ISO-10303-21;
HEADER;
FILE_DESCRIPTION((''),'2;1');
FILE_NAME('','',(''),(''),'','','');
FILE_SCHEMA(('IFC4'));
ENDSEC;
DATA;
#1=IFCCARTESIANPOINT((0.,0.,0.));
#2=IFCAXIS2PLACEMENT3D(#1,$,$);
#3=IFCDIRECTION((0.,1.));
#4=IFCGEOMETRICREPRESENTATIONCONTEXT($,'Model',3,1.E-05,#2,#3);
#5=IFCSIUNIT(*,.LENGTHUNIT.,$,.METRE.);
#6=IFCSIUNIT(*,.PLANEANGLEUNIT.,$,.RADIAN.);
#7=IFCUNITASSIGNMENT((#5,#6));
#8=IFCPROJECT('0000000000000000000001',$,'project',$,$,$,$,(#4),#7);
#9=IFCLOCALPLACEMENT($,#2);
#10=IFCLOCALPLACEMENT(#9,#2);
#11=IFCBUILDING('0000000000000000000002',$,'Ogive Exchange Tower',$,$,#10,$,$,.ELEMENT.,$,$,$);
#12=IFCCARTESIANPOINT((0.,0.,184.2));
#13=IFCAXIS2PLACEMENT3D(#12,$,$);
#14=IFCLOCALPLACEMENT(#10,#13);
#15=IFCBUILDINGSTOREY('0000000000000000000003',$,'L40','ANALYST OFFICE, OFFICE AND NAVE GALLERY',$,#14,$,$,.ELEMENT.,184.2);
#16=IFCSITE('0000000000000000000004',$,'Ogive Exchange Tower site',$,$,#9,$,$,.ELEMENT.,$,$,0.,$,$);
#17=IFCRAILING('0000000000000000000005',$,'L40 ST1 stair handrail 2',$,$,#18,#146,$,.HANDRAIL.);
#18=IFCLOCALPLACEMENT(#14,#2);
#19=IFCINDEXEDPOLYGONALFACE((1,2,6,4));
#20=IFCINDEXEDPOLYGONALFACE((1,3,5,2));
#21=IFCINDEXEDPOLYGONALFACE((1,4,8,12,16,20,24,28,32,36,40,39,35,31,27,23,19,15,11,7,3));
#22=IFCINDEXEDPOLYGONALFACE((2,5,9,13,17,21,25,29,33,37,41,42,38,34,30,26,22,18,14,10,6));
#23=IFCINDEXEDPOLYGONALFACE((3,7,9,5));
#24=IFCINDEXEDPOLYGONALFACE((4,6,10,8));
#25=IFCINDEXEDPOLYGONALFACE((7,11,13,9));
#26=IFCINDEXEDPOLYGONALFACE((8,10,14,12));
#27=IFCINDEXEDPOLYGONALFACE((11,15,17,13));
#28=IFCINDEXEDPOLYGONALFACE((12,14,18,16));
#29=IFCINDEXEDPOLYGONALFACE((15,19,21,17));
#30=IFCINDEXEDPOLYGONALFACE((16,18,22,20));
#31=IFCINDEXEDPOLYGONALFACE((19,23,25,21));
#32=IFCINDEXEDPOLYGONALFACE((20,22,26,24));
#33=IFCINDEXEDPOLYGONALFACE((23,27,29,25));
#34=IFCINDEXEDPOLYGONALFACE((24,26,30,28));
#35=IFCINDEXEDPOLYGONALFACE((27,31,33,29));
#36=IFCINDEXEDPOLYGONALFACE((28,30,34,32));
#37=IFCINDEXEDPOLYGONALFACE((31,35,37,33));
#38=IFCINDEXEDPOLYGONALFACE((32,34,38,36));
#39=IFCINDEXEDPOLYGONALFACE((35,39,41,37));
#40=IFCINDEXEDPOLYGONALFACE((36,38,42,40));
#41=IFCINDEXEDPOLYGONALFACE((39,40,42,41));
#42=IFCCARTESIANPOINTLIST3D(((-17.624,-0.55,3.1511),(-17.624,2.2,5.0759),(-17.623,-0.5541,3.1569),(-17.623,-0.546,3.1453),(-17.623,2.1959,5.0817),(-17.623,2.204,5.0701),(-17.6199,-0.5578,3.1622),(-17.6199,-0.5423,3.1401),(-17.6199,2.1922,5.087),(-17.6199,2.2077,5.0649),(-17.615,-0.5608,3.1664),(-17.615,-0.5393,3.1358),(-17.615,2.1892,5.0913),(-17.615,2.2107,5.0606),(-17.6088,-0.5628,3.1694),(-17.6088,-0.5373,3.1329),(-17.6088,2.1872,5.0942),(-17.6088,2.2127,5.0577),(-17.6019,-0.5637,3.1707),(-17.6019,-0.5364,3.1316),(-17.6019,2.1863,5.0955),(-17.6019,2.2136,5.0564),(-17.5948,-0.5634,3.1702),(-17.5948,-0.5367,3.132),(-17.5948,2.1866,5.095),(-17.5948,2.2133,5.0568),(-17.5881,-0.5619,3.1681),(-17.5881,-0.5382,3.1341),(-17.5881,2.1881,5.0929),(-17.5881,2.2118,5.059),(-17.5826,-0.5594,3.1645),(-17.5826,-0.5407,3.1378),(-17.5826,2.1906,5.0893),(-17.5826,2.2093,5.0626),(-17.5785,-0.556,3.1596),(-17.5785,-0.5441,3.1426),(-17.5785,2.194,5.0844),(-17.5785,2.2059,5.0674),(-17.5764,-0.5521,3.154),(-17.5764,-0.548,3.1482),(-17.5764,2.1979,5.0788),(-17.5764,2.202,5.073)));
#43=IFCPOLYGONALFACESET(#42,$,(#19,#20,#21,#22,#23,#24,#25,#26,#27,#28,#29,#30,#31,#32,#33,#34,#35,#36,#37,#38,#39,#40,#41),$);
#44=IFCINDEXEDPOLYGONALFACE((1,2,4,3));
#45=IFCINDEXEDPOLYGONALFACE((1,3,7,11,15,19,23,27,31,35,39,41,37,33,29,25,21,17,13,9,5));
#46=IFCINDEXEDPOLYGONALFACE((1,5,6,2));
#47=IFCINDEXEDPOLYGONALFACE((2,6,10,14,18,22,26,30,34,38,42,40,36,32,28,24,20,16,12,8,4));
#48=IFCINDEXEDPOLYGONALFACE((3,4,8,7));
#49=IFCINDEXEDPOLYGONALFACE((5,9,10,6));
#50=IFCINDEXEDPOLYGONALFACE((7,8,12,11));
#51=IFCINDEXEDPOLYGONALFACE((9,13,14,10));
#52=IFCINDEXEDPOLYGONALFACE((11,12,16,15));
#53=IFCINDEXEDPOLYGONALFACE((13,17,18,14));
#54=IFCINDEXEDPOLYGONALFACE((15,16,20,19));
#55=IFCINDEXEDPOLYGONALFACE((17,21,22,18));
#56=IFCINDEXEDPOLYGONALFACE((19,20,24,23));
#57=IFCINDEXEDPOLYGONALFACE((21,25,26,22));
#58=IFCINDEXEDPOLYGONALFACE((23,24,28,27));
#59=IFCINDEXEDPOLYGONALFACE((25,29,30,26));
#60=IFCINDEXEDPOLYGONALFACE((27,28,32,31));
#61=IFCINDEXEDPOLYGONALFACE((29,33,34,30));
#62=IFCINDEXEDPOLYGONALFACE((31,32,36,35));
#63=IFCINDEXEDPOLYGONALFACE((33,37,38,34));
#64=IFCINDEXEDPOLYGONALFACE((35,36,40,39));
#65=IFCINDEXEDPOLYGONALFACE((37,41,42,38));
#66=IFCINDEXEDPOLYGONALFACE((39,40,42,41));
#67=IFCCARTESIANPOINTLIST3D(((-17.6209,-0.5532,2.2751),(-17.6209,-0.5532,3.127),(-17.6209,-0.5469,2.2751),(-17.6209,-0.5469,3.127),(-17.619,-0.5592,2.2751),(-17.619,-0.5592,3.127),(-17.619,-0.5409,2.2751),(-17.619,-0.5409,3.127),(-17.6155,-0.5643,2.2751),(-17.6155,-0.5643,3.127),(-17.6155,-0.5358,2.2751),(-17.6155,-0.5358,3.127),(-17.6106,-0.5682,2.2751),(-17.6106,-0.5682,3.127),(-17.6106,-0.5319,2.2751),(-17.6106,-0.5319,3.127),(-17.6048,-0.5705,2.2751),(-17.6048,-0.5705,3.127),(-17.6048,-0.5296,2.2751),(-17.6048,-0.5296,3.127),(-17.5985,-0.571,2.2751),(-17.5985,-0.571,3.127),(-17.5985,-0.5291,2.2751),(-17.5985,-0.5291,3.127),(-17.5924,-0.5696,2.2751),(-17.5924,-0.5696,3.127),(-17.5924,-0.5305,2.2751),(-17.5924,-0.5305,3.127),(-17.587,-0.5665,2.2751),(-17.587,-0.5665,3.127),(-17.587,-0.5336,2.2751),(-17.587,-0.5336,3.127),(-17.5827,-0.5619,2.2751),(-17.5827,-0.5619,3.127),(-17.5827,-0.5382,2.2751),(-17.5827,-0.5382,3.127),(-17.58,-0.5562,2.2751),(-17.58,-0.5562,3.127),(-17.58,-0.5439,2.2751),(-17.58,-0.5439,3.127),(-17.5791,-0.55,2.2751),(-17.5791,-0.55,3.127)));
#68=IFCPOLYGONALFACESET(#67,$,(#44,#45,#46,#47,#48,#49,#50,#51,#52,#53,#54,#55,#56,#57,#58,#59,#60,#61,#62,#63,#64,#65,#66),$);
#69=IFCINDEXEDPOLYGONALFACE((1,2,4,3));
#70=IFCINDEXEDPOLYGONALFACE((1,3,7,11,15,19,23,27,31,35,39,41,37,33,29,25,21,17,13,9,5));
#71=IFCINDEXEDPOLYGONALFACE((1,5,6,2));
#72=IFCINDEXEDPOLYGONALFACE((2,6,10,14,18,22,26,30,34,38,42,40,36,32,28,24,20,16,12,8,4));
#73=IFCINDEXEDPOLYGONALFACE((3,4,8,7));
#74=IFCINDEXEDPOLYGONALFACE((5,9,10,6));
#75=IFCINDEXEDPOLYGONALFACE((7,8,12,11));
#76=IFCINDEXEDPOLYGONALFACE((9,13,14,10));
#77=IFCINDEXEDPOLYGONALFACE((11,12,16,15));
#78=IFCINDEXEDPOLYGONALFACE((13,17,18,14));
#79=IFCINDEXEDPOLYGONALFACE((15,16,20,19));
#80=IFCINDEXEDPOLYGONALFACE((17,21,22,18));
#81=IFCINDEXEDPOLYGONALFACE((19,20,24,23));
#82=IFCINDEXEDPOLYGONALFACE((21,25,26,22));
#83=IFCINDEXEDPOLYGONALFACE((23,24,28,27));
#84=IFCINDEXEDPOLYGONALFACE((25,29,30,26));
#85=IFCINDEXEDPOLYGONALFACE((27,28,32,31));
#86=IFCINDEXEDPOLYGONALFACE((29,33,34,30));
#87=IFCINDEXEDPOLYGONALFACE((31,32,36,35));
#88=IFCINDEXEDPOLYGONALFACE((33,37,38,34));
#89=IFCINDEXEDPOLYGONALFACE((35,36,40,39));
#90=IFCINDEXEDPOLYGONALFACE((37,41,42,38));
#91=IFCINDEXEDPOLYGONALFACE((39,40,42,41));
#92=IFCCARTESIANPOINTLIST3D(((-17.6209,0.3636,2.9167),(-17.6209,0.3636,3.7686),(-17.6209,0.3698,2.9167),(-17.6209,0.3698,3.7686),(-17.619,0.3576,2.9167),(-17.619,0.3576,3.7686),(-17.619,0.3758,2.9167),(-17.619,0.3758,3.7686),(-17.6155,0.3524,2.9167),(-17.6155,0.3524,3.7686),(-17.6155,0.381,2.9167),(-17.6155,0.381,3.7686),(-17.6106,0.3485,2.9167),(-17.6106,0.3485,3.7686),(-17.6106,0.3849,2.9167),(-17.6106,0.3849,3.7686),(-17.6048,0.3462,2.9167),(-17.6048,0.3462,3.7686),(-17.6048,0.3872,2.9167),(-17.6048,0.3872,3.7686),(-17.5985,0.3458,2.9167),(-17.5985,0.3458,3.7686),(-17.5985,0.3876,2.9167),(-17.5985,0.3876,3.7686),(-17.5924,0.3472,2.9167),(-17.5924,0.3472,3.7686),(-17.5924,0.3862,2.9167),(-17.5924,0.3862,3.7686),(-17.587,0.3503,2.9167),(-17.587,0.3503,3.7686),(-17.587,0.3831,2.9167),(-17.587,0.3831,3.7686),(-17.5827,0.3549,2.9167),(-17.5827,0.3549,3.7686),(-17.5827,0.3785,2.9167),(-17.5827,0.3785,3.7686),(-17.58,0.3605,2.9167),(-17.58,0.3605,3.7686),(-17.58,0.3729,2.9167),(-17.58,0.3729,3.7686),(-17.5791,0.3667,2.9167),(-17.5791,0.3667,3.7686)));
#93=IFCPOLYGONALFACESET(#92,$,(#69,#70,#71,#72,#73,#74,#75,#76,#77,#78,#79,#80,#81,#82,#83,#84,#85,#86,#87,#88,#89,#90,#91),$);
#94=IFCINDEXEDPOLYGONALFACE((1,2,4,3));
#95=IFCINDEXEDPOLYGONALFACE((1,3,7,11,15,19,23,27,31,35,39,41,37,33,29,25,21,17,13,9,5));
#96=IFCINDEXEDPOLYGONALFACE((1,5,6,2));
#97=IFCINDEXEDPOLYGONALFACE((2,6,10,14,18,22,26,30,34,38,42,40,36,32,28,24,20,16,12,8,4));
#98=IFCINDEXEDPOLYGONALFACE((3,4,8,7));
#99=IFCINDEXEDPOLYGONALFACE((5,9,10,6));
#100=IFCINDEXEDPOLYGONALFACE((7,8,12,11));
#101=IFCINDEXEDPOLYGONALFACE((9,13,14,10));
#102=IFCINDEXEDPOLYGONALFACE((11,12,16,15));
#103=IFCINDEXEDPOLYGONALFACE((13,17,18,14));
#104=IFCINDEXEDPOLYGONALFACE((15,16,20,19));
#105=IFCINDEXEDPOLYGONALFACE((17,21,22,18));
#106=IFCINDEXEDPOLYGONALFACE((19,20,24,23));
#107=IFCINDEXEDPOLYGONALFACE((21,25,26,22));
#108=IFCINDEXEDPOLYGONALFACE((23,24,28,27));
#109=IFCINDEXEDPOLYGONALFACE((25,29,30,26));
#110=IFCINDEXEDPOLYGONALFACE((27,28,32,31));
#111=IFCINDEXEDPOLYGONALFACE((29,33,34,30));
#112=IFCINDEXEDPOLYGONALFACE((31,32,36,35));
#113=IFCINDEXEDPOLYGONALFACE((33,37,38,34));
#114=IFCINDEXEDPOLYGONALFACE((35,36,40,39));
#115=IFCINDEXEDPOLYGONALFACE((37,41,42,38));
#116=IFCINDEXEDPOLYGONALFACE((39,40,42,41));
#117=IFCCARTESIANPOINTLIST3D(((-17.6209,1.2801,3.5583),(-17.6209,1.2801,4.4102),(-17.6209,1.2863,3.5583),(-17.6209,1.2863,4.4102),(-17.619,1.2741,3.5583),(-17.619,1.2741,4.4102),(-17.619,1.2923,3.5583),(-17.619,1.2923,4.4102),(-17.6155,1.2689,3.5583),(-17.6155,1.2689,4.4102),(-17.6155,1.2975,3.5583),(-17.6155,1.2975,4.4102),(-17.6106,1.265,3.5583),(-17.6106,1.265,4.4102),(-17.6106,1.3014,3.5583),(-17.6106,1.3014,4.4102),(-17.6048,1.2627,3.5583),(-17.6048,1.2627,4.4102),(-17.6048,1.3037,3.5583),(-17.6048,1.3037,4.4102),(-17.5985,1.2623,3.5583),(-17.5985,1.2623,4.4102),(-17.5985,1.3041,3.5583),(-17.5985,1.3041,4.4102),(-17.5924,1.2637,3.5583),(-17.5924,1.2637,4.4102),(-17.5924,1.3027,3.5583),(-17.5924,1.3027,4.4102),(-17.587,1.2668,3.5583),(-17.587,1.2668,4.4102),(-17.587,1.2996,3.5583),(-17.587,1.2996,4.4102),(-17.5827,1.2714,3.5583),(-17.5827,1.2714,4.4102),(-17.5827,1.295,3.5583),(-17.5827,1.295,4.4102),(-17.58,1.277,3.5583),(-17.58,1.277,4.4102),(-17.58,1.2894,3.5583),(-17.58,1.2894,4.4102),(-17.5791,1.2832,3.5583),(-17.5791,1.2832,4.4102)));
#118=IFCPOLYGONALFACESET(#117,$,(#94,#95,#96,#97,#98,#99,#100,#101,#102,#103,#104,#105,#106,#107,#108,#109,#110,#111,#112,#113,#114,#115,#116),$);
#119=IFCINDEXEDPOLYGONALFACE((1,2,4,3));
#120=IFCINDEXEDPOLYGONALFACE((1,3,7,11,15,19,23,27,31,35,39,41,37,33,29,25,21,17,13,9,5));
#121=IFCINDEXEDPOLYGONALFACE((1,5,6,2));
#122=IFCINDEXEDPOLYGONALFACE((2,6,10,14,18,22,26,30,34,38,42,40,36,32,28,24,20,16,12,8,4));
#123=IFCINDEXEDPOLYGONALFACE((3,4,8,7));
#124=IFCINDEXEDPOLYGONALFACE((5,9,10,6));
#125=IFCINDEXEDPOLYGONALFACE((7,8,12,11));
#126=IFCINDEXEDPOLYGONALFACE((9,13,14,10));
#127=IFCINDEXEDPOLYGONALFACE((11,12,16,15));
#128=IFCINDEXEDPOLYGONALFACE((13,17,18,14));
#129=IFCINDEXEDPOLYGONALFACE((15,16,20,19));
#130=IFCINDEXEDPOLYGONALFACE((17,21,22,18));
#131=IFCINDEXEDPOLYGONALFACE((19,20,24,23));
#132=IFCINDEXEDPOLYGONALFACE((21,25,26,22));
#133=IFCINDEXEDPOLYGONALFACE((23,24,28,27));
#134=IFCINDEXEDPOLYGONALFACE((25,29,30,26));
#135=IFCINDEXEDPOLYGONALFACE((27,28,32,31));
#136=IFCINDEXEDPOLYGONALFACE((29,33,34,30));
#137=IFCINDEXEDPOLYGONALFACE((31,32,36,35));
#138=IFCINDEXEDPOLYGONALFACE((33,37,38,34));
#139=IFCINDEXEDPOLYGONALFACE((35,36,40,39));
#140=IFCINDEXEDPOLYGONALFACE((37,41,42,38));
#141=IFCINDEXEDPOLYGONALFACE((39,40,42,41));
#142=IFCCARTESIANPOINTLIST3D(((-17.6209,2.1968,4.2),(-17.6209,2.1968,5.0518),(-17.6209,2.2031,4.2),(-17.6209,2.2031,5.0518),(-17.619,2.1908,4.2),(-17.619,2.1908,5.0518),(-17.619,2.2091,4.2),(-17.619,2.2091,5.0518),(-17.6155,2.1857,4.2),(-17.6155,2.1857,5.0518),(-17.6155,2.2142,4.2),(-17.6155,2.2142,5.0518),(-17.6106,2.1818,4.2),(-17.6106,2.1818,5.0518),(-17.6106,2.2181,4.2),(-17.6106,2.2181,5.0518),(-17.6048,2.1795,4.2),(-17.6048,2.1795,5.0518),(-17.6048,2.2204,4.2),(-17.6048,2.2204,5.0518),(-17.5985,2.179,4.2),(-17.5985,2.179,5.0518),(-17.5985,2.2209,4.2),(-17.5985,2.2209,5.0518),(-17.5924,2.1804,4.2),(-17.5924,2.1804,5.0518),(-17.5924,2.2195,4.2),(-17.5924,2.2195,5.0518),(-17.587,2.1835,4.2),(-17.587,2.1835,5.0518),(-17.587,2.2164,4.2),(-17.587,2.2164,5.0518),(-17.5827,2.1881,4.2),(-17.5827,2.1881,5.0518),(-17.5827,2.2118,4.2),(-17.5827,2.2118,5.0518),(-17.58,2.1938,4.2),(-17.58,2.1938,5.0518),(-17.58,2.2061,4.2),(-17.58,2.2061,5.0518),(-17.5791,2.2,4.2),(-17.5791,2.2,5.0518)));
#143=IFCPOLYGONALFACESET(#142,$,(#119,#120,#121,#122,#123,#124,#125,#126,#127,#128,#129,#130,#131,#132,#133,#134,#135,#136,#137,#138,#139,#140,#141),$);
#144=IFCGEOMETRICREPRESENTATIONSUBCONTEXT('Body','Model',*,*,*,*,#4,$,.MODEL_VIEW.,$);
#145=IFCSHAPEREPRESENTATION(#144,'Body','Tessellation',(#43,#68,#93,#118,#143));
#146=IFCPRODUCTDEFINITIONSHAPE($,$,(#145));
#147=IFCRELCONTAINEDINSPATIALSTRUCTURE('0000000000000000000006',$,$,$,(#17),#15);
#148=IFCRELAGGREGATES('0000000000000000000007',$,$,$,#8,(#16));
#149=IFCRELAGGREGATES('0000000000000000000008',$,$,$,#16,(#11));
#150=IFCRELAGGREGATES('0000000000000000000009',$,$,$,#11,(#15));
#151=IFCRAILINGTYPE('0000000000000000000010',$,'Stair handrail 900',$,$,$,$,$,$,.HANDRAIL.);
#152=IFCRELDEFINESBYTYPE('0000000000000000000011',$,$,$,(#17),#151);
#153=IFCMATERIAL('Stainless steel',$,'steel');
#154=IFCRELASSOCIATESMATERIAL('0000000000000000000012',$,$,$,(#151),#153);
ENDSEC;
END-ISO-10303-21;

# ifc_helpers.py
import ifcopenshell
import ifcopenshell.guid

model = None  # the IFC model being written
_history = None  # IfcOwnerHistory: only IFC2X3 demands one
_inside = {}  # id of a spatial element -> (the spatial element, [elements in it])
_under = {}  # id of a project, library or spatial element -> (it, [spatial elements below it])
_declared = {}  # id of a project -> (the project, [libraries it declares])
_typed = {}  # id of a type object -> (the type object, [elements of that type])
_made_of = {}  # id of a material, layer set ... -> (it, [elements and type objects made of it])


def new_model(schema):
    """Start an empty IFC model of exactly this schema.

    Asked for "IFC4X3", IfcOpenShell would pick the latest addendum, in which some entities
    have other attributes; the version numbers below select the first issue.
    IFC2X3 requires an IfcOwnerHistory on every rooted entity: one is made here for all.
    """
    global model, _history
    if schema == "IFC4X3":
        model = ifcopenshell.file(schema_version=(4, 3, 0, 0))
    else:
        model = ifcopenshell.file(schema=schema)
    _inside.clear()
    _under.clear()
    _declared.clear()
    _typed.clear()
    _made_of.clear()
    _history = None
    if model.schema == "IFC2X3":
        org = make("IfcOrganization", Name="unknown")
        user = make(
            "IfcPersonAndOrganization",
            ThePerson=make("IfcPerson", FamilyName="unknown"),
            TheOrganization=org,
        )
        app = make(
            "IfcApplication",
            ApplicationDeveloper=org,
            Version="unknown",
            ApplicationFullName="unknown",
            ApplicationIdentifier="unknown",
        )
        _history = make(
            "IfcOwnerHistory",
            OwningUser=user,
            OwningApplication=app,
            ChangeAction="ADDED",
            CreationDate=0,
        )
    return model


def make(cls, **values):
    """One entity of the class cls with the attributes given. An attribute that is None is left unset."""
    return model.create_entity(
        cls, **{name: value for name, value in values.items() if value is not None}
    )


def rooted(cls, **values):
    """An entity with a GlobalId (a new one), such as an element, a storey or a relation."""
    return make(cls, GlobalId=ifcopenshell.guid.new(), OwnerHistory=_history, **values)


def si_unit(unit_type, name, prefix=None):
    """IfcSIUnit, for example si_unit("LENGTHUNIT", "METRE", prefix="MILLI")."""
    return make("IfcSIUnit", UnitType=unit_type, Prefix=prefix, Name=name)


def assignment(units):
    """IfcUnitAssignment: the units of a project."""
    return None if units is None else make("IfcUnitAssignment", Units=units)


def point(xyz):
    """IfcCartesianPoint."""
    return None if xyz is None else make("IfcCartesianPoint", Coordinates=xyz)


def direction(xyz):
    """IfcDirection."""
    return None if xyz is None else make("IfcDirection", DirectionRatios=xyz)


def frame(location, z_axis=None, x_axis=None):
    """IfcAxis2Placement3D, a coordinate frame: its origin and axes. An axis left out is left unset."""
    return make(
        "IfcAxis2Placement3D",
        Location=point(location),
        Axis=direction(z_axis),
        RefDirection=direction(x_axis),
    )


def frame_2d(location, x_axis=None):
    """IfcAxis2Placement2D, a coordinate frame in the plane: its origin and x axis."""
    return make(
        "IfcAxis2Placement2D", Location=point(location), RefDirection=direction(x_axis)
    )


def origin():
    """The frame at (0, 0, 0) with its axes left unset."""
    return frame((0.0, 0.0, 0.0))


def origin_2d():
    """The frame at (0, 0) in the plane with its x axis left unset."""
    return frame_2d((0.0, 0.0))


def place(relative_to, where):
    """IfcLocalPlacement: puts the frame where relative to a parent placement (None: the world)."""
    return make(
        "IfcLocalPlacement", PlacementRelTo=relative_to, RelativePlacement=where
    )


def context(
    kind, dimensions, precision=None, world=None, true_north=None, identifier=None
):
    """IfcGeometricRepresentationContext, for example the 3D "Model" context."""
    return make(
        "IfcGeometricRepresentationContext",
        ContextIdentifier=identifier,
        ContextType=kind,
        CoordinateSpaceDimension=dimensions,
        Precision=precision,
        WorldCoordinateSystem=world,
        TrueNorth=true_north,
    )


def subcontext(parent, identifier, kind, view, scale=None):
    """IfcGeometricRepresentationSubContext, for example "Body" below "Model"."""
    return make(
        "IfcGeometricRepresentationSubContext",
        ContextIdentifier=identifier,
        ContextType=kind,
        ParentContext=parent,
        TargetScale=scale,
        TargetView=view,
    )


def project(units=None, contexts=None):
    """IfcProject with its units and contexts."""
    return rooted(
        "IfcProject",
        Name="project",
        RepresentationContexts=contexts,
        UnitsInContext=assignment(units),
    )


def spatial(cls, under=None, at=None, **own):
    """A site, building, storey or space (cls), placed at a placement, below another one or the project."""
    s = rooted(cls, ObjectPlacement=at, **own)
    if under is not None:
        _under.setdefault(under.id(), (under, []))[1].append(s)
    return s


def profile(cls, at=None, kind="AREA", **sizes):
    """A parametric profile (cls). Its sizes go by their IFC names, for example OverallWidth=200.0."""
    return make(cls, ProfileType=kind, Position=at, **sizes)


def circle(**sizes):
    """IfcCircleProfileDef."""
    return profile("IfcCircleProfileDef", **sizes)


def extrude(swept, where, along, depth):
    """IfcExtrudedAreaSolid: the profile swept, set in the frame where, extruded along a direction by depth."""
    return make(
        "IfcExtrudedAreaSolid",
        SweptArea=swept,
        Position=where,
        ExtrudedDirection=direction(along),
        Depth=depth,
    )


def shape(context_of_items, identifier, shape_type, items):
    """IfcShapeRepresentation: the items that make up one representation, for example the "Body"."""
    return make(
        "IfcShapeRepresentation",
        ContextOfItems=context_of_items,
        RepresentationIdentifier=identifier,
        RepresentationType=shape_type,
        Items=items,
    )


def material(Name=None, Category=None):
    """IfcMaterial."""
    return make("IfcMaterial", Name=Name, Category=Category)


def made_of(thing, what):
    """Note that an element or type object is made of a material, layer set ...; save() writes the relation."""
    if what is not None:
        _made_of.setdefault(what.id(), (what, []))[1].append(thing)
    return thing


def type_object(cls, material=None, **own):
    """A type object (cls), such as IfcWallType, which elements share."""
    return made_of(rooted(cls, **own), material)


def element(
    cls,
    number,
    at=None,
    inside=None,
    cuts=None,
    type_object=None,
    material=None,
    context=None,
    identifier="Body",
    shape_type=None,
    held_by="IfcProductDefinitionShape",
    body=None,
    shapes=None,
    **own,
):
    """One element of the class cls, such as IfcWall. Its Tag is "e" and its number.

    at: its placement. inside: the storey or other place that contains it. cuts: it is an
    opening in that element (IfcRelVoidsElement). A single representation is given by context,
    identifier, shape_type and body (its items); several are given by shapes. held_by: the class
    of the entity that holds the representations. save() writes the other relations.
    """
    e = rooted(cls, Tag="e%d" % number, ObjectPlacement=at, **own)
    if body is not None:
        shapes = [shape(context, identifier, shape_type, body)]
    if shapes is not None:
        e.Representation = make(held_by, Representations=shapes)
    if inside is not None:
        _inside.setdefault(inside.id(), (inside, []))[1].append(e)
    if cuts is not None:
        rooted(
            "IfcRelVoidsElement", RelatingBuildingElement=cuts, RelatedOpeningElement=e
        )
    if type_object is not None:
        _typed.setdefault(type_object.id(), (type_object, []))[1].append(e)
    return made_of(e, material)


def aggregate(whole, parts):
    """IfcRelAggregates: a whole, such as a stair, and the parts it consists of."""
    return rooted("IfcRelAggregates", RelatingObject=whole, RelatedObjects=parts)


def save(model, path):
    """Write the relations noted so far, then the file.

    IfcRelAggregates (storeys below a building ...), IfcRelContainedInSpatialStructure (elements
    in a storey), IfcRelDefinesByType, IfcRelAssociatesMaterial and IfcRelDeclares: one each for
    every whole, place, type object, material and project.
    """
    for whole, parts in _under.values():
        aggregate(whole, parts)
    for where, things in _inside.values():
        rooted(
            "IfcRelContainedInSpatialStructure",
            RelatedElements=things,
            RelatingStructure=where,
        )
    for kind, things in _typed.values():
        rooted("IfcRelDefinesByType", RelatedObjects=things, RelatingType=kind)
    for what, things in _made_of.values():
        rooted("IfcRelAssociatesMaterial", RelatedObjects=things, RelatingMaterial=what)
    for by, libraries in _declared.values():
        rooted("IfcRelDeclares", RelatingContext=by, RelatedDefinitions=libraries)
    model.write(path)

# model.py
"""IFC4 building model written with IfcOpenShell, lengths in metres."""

from ifc_helpers import new_model, si_unit, direction, frame, origin, origin_2d, place, context, subcontext, project, spatial, circle, extrude, material, type_object, element, save


model = new_model("IFC4")

# Units and contexts
model_context = context("Model", 3, precision=1e-05, world=origin(), true_north=direction((0.0, 1.0)))
body_context = subcontext(model_context, "Body", "Model", "MODEL_VIEW")
ifc_project = project(units=[si_unit("LENGTHUNIT", "METRE"), si_unit("PLANEANGLEUNIT", "RADIAN")], contexts=[model_context])

# Site, building, storey
site_placement = place(None, origin())
site = spatial("IfcSite", under=ifc_project, at=site_placement, Name="Ogive Exchange Tower site", CompositionType="ELEMENT", RefElevation=0.0)
building_placement = place(site_placement, origin())
building = spatial("IfcBuilding", under=site, at=building_placement, Name="Ogive Exchange Tower", CompositionType="ELEMENT")
storey_placement = place(building_placement, frame((0.0, 0.0, 184.2)))
storey = spatial("IfcBuildingStorey", under=building, at=storey_placement, Name="L40", Description="ANALYST OFFICE, OFFICE AND NAVE GALLERY", CompositionType="ELEMENT", Elevation=184.2)

# Shared definitions
ifc_material_1 = material(Name="Stainless steel", Category="steel")

# Railing
railing_type = type_object("IfcRailingType", Name="Stair handrail 900", PredefinedType="HANDRAIL", material=ifc_material_1)
railing_placement = place(storey_placement, frame((-17.6001, -0.55, 2.2751)))
element("IfcRailing", 1, at=railing_placement, inside=storey, type_object=railing_type, Name="L40 ST1 stair handrail 2", PredefinedType="HANDRAIL", context=body_context, shape_type="SweptSolid", body=[
    extrude(circle(Radius=0.0239, at=origin_2d()), frame((0.0, 0.0, 0.876), z_axis=(0.0, 0.819259, 0.573423), x_axis=(-1.0, 0.0, 0.0)), (0.0, 0.0, 1.0), 3.3567),
    extrude(circle(Radius=0.021, at=origin_2d()), origin(), (0.0, 0.0, 1.0), 0.8518),
    extrude(circle(Radius=0.021, at=origin_2d()), frame((0.0, 0.9167, 0.6416)), (0.0, 0.0, 1.0), 0.8518),
    extrude(circle(Radius=0.021, at=origin_2d()), frame((0.0, 1.8333, 1.2832)), (0.0, 0.0, 1.0), 0.8518),
    extrude(circle(Radius=0.021, at=origin_2d()), frame((0.0, 2.75, 1.9248)), (0.0, 0.0, 1.0), 0.8518),
])

save(model, "model.ifc")
